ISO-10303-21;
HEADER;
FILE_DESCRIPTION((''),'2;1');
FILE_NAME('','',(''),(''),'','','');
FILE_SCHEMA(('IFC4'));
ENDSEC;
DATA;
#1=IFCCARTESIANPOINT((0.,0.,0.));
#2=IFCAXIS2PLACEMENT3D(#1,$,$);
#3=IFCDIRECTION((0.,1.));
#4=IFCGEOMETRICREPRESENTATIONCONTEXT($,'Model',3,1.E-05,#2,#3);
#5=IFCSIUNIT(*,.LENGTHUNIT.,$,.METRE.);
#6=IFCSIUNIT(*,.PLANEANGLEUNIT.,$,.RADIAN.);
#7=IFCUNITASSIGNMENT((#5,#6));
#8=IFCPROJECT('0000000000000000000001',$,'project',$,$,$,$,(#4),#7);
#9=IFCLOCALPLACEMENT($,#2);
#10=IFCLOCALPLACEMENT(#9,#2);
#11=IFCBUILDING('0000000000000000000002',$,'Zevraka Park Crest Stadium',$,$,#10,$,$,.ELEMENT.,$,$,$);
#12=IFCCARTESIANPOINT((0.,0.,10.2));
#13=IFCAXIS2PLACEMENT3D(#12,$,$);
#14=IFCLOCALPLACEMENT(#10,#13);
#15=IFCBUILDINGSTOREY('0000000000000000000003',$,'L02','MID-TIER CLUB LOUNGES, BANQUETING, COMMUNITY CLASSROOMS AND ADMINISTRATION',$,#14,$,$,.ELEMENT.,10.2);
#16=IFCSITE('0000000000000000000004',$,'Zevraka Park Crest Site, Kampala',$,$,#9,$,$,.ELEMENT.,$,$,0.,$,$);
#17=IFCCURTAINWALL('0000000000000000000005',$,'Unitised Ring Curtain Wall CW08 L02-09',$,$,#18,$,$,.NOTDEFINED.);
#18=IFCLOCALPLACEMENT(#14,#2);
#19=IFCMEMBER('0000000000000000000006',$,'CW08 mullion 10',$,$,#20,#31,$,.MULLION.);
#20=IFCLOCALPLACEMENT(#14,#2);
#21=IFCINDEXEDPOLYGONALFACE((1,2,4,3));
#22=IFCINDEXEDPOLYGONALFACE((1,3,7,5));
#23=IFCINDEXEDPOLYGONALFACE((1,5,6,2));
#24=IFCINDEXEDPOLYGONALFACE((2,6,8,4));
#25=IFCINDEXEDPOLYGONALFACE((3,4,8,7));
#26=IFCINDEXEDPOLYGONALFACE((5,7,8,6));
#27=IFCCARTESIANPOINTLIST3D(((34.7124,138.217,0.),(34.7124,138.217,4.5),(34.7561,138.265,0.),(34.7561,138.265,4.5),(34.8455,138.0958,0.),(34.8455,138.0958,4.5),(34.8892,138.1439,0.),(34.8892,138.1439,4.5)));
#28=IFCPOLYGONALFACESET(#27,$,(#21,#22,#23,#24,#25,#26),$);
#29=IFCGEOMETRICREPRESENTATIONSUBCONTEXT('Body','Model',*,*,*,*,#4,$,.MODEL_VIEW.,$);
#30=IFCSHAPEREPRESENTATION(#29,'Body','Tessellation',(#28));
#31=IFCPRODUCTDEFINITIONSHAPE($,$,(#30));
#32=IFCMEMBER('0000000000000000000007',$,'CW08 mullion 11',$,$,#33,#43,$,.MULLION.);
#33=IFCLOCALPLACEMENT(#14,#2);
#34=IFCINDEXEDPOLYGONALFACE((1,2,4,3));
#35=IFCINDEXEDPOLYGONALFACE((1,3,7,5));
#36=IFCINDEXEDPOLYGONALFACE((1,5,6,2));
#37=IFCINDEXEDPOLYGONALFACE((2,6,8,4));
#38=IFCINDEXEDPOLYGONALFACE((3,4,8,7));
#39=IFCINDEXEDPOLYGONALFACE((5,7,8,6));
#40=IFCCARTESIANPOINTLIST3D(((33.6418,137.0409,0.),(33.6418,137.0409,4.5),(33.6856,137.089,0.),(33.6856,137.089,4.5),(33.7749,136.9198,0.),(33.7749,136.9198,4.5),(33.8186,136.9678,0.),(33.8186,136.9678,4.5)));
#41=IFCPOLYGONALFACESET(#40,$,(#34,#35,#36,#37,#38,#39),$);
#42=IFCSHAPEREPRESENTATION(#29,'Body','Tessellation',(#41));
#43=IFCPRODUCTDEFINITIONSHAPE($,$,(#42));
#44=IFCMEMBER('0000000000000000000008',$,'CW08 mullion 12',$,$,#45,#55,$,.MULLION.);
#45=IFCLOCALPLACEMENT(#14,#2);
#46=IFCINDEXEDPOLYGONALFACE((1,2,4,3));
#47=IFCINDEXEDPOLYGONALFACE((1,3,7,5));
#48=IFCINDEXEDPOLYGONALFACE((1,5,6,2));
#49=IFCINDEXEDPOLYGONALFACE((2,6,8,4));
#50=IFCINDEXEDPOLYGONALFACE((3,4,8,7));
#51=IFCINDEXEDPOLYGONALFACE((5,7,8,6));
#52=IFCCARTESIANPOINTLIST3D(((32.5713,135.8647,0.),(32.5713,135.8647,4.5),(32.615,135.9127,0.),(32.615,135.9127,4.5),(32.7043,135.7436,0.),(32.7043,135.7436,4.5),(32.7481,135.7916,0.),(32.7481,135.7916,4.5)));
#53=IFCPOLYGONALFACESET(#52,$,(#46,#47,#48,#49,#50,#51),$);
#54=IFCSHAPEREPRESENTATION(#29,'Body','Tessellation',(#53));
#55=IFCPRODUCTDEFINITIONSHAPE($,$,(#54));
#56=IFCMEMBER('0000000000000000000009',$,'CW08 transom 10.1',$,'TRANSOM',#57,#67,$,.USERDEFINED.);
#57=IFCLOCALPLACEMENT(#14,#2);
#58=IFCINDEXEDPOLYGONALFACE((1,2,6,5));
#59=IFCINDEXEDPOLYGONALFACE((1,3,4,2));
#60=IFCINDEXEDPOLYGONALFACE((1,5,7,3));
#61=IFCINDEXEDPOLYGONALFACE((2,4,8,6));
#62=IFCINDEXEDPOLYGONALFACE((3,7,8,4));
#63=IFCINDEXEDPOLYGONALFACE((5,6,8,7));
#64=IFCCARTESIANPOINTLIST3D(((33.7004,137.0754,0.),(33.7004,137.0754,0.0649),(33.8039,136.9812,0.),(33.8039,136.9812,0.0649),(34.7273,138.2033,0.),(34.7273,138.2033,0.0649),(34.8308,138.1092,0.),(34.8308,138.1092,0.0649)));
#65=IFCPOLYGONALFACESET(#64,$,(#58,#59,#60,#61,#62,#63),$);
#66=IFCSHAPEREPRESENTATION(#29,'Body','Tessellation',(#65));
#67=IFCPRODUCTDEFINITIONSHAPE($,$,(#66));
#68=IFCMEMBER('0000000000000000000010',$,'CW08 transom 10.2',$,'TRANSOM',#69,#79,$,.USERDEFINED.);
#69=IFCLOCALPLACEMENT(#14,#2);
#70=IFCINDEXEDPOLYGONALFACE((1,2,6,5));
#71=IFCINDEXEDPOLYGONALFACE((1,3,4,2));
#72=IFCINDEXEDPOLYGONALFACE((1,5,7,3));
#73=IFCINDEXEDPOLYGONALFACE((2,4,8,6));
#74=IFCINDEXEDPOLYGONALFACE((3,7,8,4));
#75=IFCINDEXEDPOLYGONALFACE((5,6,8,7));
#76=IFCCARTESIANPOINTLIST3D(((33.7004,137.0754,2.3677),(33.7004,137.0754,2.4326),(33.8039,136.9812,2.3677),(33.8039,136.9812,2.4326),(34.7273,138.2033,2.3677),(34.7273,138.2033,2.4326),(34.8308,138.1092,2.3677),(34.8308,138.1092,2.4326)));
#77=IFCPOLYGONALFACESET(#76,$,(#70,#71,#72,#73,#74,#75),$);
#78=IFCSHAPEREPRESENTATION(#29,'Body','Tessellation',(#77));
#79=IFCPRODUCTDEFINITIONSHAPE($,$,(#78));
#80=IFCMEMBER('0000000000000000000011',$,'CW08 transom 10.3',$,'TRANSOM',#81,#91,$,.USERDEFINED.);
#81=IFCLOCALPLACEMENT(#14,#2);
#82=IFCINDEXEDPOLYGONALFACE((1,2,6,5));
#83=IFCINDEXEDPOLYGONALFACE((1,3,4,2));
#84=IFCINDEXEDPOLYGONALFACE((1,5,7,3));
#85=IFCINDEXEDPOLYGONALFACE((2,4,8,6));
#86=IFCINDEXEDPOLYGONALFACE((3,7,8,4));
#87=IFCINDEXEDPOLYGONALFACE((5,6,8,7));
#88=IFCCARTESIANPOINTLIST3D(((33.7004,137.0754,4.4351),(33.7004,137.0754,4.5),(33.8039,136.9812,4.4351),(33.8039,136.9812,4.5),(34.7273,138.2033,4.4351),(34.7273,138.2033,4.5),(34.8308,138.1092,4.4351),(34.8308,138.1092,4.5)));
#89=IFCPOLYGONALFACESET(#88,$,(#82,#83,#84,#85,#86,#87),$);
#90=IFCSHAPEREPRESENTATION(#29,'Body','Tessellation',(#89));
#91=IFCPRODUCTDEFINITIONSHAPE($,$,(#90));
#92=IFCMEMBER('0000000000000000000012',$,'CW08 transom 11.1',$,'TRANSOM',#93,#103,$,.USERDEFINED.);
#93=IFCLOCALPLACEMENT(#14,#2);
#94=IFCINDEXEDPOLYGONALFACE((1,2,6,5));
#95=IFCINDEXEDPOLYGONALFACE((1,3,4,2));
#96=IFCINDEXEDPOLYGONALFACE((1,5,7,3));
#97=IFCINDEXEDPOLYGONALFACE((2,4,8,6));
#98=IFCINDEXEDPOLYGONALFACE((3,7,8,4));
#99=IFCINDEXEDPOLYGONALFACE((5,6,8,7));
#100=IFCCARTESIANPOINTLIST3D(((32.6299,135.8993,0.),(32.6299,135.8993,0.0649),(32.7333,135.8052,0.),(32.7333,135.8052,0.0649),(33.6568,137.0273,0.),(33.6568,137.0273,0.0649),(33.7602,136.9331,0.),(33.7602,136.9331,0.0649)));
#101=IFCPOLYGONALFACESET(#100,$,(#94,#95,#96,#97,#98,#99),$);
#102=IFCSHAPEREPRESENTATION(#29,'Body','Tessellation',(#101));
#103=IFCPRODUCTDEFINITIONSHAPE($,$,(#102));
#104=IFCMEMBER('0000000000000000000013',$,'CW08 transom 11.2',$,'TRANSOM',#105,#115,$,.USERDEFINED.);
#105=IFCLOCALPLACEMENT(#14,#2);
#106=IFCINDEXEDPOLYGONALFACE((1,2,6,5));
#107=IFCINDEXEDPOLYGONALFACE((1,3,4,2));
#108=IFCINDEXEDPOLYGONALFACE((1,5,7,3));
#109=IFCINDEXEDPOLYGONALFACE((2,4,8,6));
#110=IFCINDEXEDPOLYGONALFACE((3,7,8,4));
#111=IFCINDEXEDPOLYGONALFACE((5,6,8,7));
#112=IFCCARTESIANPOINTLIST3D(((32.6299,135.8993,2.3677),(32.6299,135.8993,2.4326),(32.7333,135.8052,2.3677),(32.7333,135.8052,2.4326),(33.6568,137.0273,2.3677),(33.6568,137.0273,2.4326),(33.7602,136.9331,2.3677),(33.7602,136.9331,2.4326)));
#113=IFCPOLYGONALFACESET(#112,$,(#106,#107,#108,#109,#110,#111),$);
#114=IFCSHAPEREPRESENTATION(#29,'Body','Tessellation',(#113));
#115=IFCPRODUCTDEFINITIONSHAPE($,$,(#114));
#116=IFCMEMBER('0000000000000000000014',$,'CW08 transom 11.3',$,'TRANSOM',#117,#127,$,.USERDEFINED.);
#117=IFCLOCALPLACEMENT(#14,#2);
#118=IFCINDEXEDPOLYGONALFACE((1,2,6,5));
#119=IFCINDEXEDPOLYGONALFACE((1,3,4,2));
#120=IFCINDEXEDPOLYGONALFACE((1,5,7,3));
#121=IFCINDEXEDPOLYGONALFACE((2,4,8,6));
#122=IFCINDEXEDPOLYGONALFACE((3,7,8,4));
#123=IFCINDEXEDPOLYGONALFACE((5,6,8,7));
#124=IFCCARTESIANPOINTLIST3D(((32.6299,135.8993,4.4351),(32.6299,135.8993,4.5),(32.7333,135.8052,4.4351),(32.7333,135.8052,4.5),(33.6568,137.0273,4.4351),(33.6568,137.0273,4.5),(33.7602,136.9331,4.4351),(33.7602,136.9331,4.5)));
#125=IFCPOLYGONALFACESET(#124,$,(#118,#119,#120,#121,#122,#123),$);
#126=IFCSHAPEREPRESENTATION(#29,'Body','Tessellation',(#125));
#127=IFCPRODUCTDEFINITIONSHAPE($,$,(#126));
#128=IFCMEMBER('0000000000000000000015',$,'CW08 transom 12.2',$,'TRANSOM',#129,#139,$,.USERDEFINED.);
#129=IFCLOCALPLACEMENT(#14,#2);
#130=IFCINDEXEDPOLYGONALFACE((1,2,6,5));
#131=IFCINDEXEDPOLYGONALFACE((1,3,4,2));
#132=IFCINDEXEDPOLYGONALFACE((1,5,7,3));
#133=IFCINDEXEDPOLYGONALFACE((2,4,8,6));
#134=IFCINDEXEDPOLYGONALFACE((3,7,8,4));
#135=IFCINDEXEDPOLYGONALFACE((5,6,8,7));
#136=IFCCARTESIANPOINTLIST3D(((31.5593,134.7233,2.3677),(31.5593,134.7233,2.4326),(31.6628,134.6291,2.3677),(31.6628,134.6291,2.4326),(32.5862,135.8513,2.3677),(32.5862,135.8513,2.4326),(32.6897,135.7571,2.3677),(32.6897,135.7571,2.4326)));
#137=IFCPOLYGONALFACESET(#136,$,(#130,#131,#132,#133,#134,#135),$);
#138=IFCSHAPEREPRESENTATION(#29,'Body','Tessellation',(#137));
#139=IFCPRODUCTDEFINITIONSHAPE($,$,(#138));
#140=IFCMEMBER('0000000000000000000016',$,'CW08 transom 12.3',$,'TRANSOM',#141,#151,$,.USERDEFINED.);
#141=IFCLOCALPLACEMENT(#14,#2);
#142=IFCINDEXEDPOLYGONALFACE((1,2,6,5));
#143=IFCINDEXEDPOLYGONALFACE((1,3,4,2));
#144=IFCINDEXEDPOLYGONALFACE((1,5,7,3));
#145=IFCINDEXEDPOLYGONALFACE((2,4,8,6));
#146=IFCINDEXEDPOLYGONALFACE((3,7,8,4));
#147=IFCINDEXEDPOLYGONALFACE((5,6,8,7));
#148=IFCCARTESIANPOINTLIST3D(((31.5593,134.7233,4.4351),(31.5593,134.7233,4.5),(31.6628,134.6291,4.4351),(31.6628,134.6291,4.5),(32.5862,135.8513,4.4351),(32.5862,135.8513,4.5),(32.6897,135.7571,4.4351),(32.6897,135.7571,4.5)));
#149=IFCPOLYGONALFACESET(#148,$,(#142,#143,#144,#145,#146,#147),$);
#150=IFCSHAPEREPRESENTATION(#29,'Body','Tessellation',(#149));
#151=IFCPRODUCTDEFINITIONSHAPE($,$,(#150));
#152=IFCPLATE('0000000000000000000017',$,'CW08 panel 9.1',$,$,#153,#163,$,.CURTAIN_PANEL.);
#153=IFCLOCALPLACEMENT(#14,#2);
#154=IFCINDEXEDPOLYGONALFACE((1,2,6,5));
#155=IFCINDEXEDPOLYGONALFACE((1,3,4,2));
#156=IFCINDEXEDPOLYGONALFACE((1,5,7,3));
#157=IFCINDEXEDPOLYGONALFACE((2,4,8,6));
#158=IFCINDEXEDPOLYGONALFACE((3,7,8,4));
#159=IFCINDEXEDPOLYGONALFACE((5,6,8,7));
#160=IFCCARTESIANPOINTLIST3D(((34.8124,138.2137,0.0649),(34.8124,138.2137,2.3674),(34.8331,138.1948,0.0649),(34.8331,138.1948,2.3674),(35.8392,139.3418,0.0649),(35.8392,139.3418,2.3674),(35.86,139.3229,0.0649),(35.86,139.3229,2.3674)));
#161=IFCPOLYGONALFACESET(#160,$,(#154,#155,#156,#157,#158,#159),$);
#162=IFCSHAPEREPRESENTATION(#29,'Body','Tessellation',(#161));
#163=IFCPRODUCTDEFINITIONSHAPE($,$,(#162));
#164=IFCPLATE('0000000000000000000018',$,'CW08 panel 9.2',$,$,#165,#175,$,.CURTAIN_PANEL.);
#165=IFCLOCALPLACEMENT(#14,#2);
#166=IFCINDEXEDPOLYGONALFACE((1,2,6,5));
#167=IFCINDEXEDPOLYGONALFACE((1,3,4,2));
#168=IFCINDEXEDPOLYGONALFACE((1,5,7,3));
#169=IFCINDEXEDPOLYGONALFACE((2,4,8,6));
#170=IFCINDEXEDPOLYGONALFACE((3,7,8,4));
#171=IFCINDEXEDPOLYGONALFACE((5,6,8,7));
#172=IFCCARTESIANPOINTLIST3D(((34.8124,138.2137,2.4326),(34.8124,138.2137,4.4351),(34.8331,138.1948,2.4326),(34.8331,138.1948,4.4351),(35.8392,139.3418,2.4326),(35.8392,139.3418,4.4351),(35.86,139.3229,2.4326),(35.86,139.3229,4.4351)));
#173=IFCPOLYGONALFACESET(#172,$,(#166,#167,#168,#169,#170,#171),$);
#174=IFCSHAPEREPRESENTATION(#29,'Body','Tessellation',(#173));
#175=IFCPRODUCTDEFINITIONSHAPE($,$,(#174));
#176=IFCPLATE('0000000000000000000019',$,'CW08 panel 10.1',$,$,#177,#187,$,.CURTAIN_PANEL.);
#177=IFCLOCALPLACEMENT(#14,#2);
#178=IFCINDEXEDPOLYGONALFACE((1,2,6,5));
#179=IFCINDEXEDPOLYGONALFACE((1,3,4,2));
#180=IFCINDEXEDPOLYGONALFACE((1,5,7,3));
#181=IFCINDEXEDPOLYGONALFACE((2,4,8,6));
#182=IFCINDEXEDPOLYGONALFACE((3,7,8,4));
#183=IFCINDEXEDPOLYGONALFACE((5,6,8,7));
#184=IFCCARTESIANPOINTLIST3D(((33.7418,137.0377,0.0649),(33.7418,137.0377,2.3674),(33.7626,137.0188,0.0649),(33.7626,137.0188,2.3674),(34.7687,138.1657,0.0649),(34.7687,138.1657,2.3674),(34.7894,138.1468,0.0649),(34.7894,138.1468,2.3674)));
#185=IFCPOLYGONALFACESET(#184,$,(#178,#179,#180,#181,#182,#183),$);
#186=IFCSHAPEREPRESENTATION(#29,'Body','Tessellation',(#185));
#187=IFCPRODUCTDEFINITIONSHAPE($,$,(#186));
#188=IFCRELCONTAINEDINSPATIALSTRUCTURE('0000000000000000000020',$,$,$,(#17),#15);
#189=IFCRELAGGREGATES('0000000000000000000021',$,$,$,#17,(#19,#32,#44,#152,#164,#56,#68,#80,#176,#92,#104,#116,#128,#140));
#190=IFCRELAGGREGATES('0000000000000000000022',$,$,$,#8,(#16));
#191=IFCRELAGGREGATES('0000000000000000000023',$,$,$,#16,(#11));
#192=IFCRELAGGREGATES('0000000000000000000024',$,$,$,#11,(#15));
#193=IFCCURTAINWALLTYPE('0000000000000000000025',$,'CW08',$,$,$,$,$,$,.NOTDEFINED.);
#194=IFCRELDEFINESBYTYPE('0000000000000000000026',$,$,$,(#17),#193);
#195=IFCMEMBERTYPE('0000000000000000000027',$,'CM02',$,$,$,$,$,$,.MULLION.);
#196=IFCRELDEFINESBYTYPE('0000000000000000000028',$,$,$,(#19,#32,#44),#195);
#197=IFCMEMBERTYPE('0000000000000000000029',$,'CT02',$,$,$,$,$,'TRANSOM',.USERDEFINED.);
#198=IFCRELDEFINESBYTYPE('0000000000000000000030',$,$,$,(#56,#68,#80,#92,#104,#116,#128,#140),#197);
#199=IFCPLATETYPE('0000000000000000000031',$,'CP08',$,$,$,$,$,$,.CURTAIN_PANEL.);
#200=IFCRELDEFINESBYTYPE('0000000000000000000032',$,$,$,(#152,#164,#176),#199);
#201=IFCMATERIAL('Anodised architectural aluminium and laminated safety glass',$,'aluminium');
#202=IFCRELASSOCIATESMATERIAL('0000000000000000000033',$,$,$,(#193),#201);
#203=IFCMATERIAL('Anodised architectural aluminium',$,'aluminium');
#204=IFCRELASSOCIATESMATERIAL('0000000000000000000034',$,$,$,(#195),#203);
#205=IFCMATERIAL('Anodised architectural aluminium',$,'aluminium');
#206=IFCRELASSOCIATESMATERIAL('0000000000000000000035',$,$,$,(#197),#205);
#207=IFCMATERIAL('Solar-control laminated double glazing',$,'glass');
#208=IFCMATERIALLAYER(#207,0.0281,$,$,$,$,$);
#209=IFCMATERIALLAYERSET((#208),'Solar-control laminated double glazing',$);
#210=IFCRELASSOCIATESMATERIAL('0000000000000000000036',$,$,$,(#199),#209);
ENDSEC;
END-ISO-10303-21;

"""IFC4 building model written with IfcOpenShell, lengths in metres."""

from ifc_helpers import new_model, si_unit, direction, frame, origin, origin_2d, place, context, subcontext, project, spatial, rectangle, extrude, material, layer, layer_set, material_profile, profile_set, type_object, element, aggregate, save


model = new_model("IFC4")

# Units and contexts
model_context = context("Model", 3, precision=1e-05, world=origin(), true_north=direction((0.0, 1.0)))
body_context = subcontext(model_context, "Body", "Model", "MODEL_VIEW")
ifc_project = project(units=[si_unit("LENGTHUNIT", "METRE"), si_unit("PLANEANGLEUNIT", "RADIAN")], contexts=[model_context])

# Site, building, storey
site_placement = place(None, origin())
site = spatial("IfcSite", under=ifc_project, at=site_placement, Name="Zevraka Park Crest Site, Kampala", CompositionType="ELEMENT", RefElevation=0.0)
building_placement = place(site_placement, origin())
building = spatial("IfcBuilding", under=site, at=building_placement, Name="Zevraka Park Crest Stadium", CompositionType="ELEMENT")
storey_placement = place(building_placement, frame((0.0, 0.0, 10.2)))
storey = spatial("IfcBuildingStorey", under=building, at=storey_placement, Name="L02", Description="MID-TIER CLUB LOUNGES, BANQUETING, COMMUNITY CLASSROOMS AND ADMINISTRATION", CompositionType="ELEMENT", Elevation=10.2)

# Curtain wall, members, plates
ifc_material_1 = material(Name="Anodised architectural aluminium and laminated safety glass", Category="aluminium")
curtain_wall_type = type_object("IfcCurtainWallType", Name="CW08", PredefinedType="NOTDEFINED", material=ifc_material_1)
curtain_wall_placement = place(storey_placement, origin())
curtain_wall = element("IfcCurtainWall", 1, at=curtain_wall_placement, inside=storey, type_object=curtain_wall_type, Name="Unitised Ring Curtain Wall CW08 L02-09", PredefinedType="NOTDEFINED")
ifc_material_2 = material(Name="Anodised architectural aluminium", Category="aluminium")
ifc_material_profile_1 = material_profile(ifc_material_2, rectangle(XDim=0.1799, YDim=0.0649, at=origin_2d()), Name="ALU MULLION 180x65")
ifc_profile_set_1 = profile_set([ifc_material_profile_1], Name="Anodised architectural aluminium")
member_type_1 = type_object("IfcMemberType", Name="CM02", PredefinedType="MULLION", material=ifc_profile_set_1)
member_1_placement = place(storey_placement, frame((34.8008, 138.1804, 0.0), z_axis=(0.0, 0.0, 1.0), x_axis=(0.739497, -0.67316, 0.0)))
member_1 = element("IfcMember", 2, at=member_1_placement, type_object=member_type_1, Name="CW08 mullion 10", PredefinedType="MULLION", context=body_context, shape_type="SweptSolid", body=[
    extrude(rectangle(XDim=0.1799, YDim=0.0649, at=origin_2d()), origin(), (0.0, 0.0, 1.0), 4.5),
])
member_2_placement = place(storey_placement, frame((33.7302, 137.0044, 0.0), z_axis=(0.0, 0.0, 1.0), x_axis=(0.739497, -0.67316, 0.0)))
member_2 = element("IfcMember", 3, at=member_2_placement, type_object=member_type_1, Name="CW08 mullion 11", PredefinedType="MULLION", context=body_context, shape_type="SweptSolid", body=[
    extrude(rectangle(XDim=0.1799, YDim=0.0649, at=origin_2d()), origin(), (0.0, 0.0, 1.0), 4.5),
])
member_3_placement = place(storey_placement, frame((32.6597, 135.8281, 0.0), z_axis=(0.0, 0.0, 1.0), x_axis=(0.739497, -0.67316, 0.0)))
member_3 = element("IfcMember", 4, at=member_3_placement, type_object=member_type_1, Name="CW08 mullion 12", PredefinedType="MULLION", context=body_context, shape_type="SweptSolid", body=[
    extrude(rectangle(XDim=0.1799, YDim=0.0649, at=origin_2d()), origin(), (0.0, 0.0, 1.0), 4.5),
])
ifc_material_3 = material(Name="Anodised architectural aluminium", Category="aluminium")
ifc_material_profile_2 = material_profile(ifc_material_3, rectangle(XDim=0.1399, YDim=0.0649, at=origin_2d()), Name="ALU TRANSOM 140x65")
ifc_profile_set_2 = profile_set([ifc_material_profile_2], Name="Anodised architectural aluminium")
member_type_2 = type_object("IfcMemberType", Name="CT02", ElementType="TRANSOM", PredefinedType="USERDEFINED", material=ifc_profile_set_2)
member_4_placement = place(storey_placement, frame((34.7791, 138.1562, 0.0325), z_axis=(-0.673198, -0.739462, 0.0), x_axis=(0.739462, -0.673198, 0.0)))
member_4 = element("IfcMember", 5, at=member_4_placement, type_object=member_type_2, Name="CW08 transom 10.1", ObjectType="TRANSOM", PredefinedType="USERDEFINED", context=body_context, shape_type="SweptSolid", body=[
    extrude(rectangle(XDim=0.1399, YDim=0.0649, at=origin_2d()), origin(), (0.0, 0.0, 1.0), 1.5254),
])
member_5_placement = place(storey_placement, frame((34.7791, 138.1562, 2.4001), z_axis=(-0.673198, -0.739462, 0.0), x_axis=(0.739462, -0.673198, 0.0)))
member_5 = element("IfcMember", 6, at=member_5_placement, type_object=member_type_2, Name="CW08 transom 10.2", ObjectType="TRANSOM", PredefinedType="USERDEFINED", context=body_context, shape_type="SweptSolid", body=[
    extrude(rectangle(XDim=0.1399, YDim=0.0649, at=origin_2d()), origin(), (0.0, 0.0, 1.0), 1.5254),
])
member_6_placement = place(storey_placement, frame((34.7791, 138.1562, 4.4675), z_axis=(-0.673198, -0.739462, 0.0), x_axis=(0.739462, -0.673198, 0.0)))
member_6 = element("IfcMember", 7, at=member_6_placement, type_object=member_type_2, Name="CW08 transom 10.3", ObjectType="TRANSOM", PredefinedType="USERDEFINED", context=body_context, shape_type="SweptSolid", body=[
    extrude(rectangle(XDim=0.1399, YDim=0.0649, at=origin_2d()), origin(), (0.0, 0.0, 1.0), 1.5254),
])
member_7_placement = place(storey_placement, frame((33.7085, 136.9802, 0.0325), z_axis=(-0.673198, -0.739462, 0.0), x_axis=(0.739462, -0.673198, 0.0)))
member_7 = element("IfcMember", 8, at=member_7_placement, type_object=member_type_2, Name="CW08 transom 11.1", ObjectType="TRANSOM", PredefinedType="USERDEFINED", context=body_context, shape_type="SweptSolid", body=[
    extrude(rectangle(XDim=0.1399, YDim=0.0649, at=origin_2d()), origin(), (0.0, 0.0, 1.0), 1.5254),
])
member_8_placement = place(storey_placement, frame((33.7085, 136.9802, 2.4001), z_axis=(-0.673198, -0.739462, 0.0), x_axis=(0.739462, -0.673198, 0.0)))
member_8 = element("IfcMember", 9, at=member_8_placement, type_object=member_type_2, Name="CW08 transom 11.2", ObjectType="TRANSOM", PredefinedType="USERDEFINED", context=body_context, shape_type="SweptSolid", body=[
    extrude(rectangle(XDim=0.1399, YDim=0.0649, at=origin_2d()), origin(), (0.0, 0.0, 1.0), 1.5254),
])
member_9_placement = place(storey_placement, frame((33.7085, 136.9802, 4.4675), z_axis=(-0.673198, -0.739462, 0.0), x_axis=(0.739462, -0.673198, 0.0)))
member_9 = element("IfcMember", 10, at=member_9_placement, type_object=member_type_2, Name="CW08 transom 11.3", ObjectType="TRANSOM", PredefinedType="USERDEFINED", context=body_context, shape_type="SweptSolid", body=[
    extrude(rectangle(XDim=0.1399, YDim=0.0649, at=origin_2d()), origin(), (0.0, 0.0, 1.0), 1.5254),
])
member_10_placement = place(storey_placement, frame((32.6379, 135.8042, 2.4001), z_axis=(-0.673198, -0.739462, 0.0), x_axis=(0.739462, -0.673198, 0.0)))
member_10 = element("IfcMember", 11, at=member_10_placement, type_object=member_type_2, Name="CW08 transom 12.2", ObjectType="TRANSOM", PredefinedType="USERDEFINED", context=body_context, shape_type="SweptSolid", body=[
    extrude(rectangle(XDim=0.1399, YDim=0.0649, at=origin_2d()), origin(), (0.0, 0.0, 1.0), 1.5254),
])
member_11_placement = place(storey_placement, frame((32.6379, 135.8042, 4.4675), z_axis=(-0.673198, -0.739462, 0.0), x_axis=(0.739462, -0.673198, 0.0)))
member_11 = element("IfcMember", 12, at=member_11_placement, type_object=member_type_2, Name="CW08 transom 12.3", ObjectType="TRANSOM", PredefinedType="USERDEFINED", context=body_context, shape_type="SweptSolid", body=[
    extrude(rectangle(XDim=0.1399, YDim=0.0649, at=origin_2d()), origin(), (0.0, 0.0, 1.0), 1.5254),
])
ifc_material_4 = material(Name="Solar-control laminated double glazing", Category="glass")
ifc_layer_1 = layer(ifc_material_4, 0.0281)
ifc_layer_set_1 = layer_set([ifc_layer_1], Name="Solar-control laminated double glazing")
plate_type = type_object("IfcPlateType", Name="CP08", PredefinedType="CURTAIN_PANEL", material=ifc_layer_set_1)
plate_1_placement = place(storey_placement, frame((35.3362, 138.7683, 0.0649), z_axis=(0.0, 0.0, 1.0), x_axis=(-0.67316, -0.739497, 0.0)))
plate_1 = element("IfcPlate", 13, at=plate_1_placement, type_object=plate_type, Name="CW08 panel 9.1", PredefinedType="CURTAIN_PANEL", context=body_context, shape_type="SweptSolid", body=[
    extrude(rectangle(XDim=1.5254, YDim=0.0281, at=origin_2d()), origin(), (0.0, 0.0, 1.0), 2.3025),
])
plate_2_placement = place(storey_placement, frame((35.3362, 138.7683, 2.4326), z_axis=(0.0, 0.0, 1.0), x_axis=(-0.67316, -0.739497, 0.0)))
plate_2 = element("IfcPlate", 14, at=plate_2_placement, type_object=plate_type, Name="CW08 panel 9.2", PredefinedType="CURTAIN_PANEL", context=body_context, shape_type="SweptSolid", body=[
    extrude(rectangle(XDim=1.5254, YDim=0.0281, at=origin_2d()), origin(), (0.0, 0.0, 1.0), 2.0024),
])
plate_3_placement = place(storey_placement, frame((34.2656, 137.5923, 0.0649), z_axis=(0.0, 0.0, 1.0), x_axis=(-0.67316, -0.739497, 0.0)))
plate_3 = element("IfcPlate", 15, at=plate_3_placement, type_object=plate_type, Name="CW08 panel 10.1", PredefinedType="CURTAIN_PANEL", context=body_context, shape_type="SweptSolid", body=[
    extrude(rectangle(XDim=1.5254, YDim=0.0281, at=origin_2d()), origin(), (0.0, 0.0, 1.0), 2.3025),
])
aggregate(curtain_wall, [member_1, member_2, member_3, plate_1, plate_2, member_4, member_5, member_6, plate_3, member_7, member_8, member_9, member_10, member_11])

save(model, "model.ifc")
